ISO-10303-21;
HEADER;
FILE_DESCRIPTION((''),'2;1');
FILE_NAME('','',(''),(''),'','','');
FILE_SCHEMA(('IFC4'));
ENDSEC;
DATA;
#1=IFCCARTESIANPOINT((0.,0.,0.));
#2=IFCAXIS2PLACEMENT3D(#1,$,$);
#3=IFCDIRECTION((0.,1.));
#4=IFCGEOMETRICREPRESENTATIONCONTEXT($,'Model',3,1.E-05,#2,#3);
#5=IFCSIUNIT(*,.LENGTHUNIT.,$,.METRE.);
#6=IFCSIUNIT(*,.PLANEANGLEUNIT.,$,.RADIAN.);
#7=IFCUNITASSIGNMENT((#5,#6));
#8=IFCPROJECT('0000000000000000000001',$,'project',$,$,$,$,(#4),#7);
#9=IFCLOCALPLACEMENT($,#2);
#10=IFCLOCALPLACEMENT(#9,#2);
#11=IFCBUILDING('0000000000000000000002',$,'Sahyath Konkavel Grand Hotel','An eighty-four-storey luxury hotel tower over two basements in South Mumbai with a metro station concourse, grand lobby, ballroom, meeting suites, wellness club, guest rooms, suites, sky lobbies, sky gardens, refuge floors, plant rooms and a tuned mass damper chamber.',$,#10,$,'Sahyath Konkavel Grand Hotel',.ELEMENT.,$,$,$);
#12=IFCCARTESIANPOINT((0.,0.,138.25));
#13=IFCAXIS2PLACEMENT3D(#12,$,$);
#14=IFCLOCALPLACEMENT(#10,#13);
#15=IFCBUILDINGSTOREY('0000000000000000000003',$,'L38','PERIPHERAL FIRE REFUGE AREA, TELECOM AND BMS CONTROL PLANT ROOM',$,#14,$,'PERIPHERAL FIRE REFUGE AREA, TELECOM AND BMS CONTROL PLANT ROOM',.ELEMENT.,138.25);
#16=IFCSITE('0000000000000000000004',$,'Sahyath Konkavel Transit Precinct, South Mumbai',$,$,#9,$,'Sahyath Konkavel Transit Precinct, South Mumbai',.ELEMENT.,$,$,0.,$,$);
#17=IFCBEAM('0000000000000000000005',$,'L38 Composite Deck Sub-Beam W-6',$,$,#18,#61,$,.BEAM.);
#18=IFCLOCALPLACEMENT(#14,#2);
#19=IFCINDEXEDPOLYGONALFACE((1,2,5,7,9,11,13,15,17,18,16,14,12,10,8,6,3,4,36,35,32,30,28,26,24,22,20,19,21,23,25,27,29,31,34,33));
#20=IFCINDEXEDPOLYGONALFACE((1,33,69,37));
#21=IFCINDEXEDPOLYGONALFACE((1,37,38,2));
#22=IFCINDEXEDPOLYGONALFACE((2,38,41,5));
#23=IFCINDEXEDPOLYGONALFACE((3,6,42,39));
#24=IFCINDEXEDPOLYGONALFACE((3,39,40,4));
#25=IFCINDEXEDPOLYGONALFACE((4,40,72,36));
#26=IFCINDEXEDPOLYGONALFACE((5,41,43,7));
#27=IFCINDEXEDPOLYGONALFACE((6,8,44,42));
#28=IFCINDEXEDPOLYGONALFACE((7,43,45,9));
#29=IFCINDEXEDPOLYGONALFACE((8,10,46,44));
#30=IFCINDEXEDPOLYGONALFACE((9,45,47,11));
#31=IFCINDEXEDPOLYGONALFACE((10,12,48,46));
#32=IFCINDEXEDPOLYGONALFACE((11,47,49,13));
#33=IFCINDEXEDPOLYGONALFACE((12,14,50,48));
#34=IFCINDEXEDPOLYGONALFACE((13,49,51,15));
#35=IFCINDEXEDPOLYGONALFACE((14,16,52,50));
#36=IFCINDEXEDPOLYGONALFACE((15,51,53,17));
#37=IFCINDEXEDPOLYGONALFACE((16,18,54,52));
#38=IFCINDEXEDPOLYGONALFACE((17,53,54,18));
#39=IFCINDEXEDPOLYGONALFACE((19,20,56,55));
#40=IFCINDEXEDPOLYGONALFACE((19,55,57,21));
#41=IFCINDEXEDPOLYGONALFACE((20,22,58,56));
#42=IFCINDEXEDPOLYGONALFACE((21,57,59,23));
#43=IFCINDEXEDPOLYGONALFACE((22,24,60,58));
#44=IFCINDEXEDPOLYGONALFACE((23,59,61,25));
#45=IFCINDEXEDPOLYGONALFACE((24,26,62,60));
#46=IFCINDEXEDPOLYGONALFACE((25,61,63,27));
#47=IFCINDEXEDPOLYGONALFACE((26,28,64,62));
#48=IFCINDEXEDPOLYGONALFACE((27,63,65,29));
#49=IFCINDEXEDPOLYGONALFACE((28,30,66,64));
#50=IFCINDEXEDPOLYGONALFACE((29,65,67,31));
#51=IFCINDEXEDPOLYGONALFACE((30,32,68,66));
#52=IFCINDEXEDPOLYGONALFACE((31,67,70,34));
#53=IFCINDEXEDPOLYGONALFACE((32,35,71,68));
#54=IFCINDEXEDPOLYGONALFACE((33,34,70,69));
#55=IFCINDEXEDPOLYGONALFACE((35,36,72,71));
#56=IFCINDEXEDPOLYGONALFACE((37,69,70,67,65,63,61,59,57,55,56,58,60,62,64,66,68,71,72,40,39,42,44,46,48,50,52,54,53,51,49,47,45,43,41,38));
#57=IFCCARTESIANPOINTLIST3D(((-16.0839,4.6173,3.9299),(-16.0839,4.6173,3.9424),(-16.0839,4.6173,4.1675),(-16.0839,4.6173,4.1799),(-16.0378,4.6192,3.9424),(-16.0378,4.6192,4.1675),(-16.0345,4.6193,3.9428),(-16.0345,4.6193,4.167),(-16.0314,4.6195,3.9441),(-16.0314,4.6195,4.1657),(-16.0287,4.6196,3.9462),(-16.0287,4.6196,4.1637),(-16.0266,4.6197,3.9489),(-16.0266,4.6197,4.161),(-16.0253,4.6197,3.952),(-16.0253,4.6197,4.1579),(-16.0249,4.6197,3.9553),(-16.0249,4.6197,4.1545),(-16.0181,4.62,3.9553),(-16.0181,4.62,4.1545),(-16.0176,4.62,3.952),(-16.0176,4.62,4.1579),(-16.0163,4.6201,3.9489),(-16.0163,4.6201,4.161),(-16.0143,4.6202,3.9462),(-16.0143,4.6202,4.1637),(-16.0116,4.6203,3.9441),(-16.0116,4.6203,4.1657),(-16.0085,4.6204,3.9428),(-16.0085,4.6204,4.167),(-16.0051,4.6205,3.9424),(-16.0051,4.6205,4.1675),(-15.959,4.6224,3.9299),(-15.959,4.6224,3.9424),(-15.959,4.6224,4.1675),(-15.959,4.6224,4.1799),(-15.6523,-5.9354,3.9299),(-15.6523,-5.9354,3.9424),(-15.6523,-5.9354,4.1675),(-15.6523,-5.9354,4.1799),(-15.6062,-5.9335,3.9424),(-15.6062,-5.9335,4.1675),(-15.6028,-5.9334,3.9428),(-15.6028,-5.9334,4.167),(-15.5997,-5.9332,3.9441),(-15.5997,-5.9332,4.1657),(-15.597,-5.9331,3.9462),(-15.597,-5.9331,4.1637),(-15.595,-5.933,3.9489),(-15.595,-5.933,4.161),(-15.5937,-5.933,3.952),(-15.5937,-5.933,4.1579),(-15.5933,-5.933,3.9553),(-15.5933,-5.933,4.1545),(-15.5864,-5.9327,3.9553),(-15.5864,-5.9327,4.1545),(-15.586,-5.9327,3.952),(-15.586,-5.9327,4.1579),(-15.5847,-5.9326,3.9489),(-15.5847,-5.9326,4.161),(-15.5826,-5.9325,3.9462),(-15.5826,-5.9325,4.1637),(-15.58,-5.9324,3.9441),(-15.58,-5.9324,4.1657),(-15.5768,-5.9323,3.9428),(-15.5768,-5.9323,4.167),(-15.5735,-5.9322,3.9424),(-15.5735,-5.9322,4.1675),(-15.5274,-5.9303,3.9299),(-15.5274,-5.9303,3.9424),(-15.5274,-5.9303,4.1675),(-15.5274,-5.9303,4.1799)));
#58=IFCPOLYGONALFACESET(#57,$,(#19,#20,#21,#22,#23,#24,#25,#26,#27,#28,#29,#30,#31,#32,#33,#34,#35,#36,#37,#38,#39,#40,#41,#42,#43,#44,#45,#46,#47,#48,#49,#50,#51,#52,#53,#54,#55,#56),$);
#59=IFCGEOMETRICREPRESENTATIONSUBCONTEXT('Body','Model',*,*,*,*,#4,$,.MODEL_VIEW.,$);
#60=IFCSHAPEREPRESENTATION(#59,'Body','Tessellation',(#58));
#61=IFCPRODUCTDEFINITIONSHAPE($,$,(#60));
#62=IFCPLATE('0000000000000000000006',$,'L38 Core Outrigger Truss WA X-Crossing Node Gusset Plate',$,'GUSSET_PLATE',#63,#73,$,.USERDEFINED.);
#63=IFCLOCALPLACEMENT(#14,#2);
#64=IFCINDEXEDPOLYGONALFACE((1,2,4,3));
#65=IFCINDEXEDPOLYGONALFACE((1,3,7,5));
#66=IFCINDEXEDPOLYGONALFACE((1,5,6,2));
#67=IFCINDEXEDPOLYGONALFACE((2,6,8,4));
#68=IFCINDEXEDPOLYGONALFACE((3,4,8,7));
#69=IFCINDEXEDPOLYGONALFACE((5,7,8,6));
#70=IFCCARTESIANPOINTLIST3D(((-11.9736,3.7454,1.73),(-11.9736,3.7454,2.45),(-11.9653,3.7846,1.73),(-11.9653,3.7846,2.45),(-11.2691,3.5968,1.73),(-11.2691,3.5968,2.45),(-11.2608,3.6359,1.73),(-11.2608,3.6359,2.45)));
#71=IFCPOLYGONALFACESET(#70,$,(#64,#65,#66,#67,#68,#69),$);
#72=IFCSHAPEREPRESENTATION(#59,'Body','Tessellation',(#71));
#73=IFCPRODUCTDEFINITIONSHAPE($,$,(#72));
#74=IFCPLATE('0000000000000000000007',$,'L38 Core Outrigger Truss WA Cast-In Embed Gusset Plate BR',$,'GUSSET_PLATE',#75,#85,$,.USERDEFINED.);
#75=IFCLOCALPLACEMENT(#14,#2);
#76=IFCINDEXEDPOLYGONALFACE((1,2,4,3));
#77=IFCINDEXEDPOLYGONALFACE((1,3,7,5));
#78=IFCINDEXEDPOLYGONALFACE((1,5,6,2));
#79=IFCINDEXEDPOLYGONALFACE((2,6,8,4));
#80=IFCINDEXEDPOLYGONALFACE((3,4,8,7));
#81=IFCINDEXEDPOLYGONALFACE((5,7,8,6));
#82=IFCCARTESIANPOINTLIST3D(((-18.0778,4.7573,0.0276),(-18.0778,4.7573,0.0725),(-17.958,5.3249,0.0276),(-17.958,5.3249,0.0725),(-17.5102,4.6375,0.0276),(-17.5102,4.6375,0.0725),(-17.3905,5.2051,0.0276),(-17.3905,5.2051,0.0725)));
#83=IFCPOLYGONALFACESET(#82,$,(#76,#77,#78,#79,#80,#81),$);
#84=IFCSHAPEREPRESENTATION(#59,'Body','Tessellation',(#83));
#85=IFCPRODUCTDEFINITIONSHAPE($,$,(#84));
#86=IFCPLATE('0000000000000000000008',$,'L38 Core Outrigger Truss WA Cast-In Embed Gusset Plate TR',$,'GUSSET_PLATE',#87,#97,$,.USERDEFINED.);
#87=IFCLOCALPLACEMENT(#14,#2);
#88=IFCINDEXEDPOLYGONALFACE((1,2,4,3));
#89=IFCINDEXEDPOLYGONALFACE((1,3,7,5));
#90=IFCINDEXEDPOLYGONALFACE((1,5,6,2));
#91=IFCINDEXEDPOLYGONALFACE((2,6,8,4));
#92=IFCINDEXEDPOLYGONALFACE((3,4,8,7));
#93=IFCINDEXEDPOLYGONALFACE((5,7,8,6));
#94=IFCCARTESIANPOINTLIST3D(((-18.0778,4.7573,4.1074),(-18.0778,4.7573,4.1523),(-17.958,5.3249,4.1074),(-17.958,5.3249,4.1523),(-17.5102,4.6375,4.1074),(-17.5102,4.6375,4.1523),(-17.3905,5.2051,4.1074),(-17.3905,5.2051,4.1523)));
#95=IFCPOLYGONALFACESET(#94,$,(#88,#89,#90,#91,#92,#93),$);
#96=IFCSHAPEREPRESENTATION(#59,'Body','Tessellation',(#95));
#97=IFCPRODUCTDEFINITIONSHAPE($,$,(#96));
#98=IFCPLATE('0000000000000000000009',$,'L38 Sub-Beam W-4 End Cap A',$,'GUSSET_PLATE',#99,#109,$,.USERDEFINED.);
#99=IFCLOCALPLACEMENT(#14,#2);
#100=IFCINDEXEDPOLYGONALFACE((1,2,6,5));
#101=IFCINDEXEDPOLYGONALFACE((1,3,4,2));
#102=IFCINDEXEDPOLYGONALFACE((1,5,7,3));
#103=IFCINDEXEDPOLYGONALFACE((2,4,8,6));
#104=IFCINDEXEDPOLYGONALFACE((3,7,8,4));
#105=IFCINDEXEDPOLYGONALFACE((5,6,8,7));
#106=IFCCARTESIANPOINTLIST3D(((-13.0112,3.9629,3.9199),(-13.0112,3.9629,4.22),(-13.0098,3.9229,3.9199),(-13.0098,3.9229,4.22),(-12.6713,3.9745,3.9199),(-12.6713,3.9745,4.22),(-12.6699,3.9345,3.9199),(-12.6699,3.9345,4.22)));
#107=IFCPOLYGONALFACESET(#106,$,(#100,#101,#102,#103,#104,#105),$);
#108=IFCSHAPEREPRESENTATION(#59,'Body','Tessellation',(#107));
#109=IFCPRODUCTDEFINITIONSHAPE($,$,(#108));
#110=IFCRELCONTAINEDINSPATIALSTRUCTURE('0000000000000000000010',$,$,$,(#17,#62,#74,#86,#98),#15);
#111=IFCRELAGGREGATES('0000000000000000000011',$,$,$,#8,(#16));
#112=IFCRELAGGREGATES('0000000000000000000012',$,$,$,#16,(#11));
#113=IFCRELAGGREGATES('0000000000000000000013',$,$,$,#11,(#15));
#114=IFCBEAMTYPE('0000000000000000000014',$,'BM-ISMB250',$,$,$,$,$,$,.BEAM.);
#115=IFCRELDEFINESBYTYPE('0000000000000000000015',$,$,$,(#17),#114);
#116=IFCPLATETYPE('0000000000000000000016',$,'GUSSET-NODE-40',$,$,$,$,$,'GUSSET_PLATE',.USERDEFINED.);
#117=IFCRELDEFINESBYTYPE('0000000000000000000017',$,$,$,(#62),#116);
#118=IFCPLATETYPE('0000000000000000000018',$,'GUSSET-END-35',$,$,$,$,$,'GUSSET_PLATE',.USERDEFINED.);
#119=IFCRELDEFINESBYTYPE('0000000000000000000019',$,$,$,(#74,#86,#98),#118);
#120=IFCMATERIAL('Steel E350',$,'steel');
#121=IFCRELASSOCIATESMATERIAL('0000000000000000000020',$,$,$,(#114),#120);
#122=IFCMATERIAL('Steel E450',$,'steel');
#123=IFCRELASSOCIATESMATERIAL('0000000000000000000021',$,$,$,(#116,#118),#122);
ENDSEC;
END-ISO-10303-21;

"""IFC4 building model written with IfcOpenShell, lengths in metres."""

from ifc_helpers import new_model, si_unit, direction, frame, origin, origin_2d, place, context, subcontext, project, spatial, rectangle, i_section, extrude, source, transform, mapped, material, material_profile, profile_set, type_object, element, save


model = new_model("IFC4")

# Units and contexts
model_context = context("Model", 3, precision=1e-05, world=origin(), true_north=direction((0.0, 1.0)))
body_context = subcontext(model_context, "Body", "Model", "MODEL_VIEW")
ifc_project = project(units=[si_unit("LENGTHUNIT", "METRE"), si_unit("PLANEANGLEUNIT", "RADIAN")], contexts=[model_context])

# Site, building, storey
site_placement = place(None, origin())
site = spatial("IfcSite", under=ifc_project, at=site_placement, Name="Sahyath Konkavel Transit Precinct, South Mumbai", LongName="Sahyath Konkavel Transit Precinct, South Mumbai", CompositionType="ELEMENT", RefElevation=0.0)
building_placement = place(site_placement, origin())
building = spatial("IfcBuilding", under=site, at=building_placement, Name="Sahyath Konkavel Grand Hotel", Description="An eighty-four-storey luxury hotel tower over two basements in South Mumbai with a metro station concourse, grand lobby, ballroom, meeting suites, wellness club, guest rooms, suites, sky lobbies, sky gardens, refuge floors, plant rooms and a tuned mass damper chamber.", LongName="Sahyath Konkavel Grand Hotel", CompositionType="ELEMENT")
storey_placement = place(building_placement, frame((0.0, 0.0, 138.25)))
storey = spatial("IfcBuildingStorey", under=building, at=storey_placement, Name="L38", Description="PERIPHERAL FIRE REFUGE AREA, TELECOM AND BMS CONTROL PLANT ROOM", LongName="PERIPHERAL FIRE REFUGE AREA, TELECOM AND BMS CONTROL PLANT ROOM", CompositionType="ELEMENT", Elevation=138.25)

# Shared definitions
ifc_material_1 = material(Name="Steel E450", Category="steel")

# Shared definitions
ifc_material_2 = material(Name="Steel E350", Category="steel")

# Beam
ifc_material_profile_1 = material_profile(ifc_material_2, i_section(OverallWidth=0.125, OverallDepth=0.25, WebThickness=0.0068, FlangeThickness=0.0125, FilletRadius=0.0129, at=origin_2d()), Name="ISMB 250")
ifc_profile_set_1 = profile_set([ifc_material_profile_1], Name="Steel E350")
beam_type_1 = type_object("IfcBeamType", Name="BM-ISMB250", PredefinedType="BEAM", material=ifc_profile_set_1)
shared_shape_1 = source(origin(), body_context, "Body", "SweptSolid", [
    extrude(i_section(OverallWidth=0.125, OverallDepth=0.25, WebThickness=0.0068, FlangeThickness=0.0125, FilletRadius=0.0129, at=origin_2d()), origin(), (0.0, 0.0, 1.0), 10.5615),
])
beam_1_placement = place(storey_placement, frame((-16.0215, 4.6199, 4.0549), z_axis=(0.040869, -0.999165, 0.0), x_axis=(0.999165, 0.040869, 0.0)))
element("IfcBeam", 1, at=beam_1_placement, inside=storey, type_object=beam_type_1, Name="L38 Composite Deck Sub-Beam W-6", PredefinedType="BEAM", context=body_context, shape_type="MappedRepresentation", body=[
    mapped(shared_shape_1, transform((0.0, 0.0, 0.0), scale=1.0)),
])

# Plates
plate_type_1 = type_object("IfcPlateType", Name="GUSSET-NODE-40", ElementType="GUSSET_PLATE", PredefinedType="USERDEFINED", material=ifc_material_1)
shared_shape_2 = source(origin(), body_context, "Body", "SweptSolid", [
    extrude(rectangle(XDim=0.72, YDim=0.04, at=origin_2d()), origin(), (0.0, 0.0, 1.0), 0.72),
])
plate_1_placement = place(storey_placement, frame((-11.6172, 3.6907, 1.73), z_axis=(0.0, 0.0, 1.0), x_axis=(-0.978459, 0.206443, 0.0)))
element("IfcPlate", 2, at=plate_1_placement, inside=storey, type_object=plate_type_1, Name="L38 Core Outrigger Truss WA X-Crossing Node Gusset Plate", ObjectType="GUSSET_PLATE", PredefinedType="USERDEFINED", context=body_context, shape_type="MappedRepresentation", body=[
    mapped(shared_shape_2, transform((0.0, 0.0, 0.0), scale=1.0)),
])
plate_type_2 = type_object("IfcPlateType", Name="GUSSET-END-35", ElementType="GUSSET_PLATE", PredefinedType="USERDEFINED", material=ifc_material_1)
shared_shape_3 = source(origin(), body_context, "Body", "SweptSolid", [
    extrude(rectangle(XDim=0.5801, YDim=0.5801, at=origin_2d()), origin(), (0.0, 0.0, 1.0), 0.0449),
])
for number, where, z_axis, x_axis, name in (
    (3, (-17.7341, 4.9812, 0.0276), (0.0, 0.0, 1.0), (-0.978459, 0.206443, 0.0), "L38 Core Outrigger Truss WA Cast-In Embed Gusset Plate BR"),
    (4, (-17.7341, 4.9812, 4.1074), (0.0, 0.0, 1.0), (-0.978459, 0.206443, 0.0), "L38 Core Outrigger Truss WA Cast-In Embed Gusset Plate TR"),
):
    element("IfcPlate", number, at=place(storey_placement, frame(where, z_axis=z_axis, x_axis=x_axis)), inside=storey, type_object=plate_type_2, Name=name, ObjectType="GUSSET_PLATE", PredefinedType="USERDEFINED", context=body_context, shape_type="MappedRepresentation", body=[
        mapped(shared_shape_3, transform((0.0, 0.0, 0.0), scale=1.0)),
    ])
shared_shape_4 = source(origin(), body_context, "Body", "SweptSolid", [
    extrude(rectangle(XDim=0.04, YDim=0.3401, at=origin_2d()), origin(), (0.0, 0.0, 1.0), 0.3),
])
plate_2_placement = place(storey_placement, frame((-12.8406, 3.9487, 3.9199), z_axis=(0.0, 0.0, 1.0), x_axis=(0.034132, -0.999417, 0.0)))
element("IfcPlate", 5, at=plate_2_placement, inside=storey, type_object=plate_type_2, Name="L38 Sub-Beam W-4 End Cap A", ObjectType="GUSSET_PLATE", PredefinedType="USERDEFINED", context=body_context, shape_type="MappedRepresentation", body=[
    mapped(shared_shape_4, transform((0.0, 0.0, 0.0), scale=1.0)),
])

save(model, "model.ifc")
